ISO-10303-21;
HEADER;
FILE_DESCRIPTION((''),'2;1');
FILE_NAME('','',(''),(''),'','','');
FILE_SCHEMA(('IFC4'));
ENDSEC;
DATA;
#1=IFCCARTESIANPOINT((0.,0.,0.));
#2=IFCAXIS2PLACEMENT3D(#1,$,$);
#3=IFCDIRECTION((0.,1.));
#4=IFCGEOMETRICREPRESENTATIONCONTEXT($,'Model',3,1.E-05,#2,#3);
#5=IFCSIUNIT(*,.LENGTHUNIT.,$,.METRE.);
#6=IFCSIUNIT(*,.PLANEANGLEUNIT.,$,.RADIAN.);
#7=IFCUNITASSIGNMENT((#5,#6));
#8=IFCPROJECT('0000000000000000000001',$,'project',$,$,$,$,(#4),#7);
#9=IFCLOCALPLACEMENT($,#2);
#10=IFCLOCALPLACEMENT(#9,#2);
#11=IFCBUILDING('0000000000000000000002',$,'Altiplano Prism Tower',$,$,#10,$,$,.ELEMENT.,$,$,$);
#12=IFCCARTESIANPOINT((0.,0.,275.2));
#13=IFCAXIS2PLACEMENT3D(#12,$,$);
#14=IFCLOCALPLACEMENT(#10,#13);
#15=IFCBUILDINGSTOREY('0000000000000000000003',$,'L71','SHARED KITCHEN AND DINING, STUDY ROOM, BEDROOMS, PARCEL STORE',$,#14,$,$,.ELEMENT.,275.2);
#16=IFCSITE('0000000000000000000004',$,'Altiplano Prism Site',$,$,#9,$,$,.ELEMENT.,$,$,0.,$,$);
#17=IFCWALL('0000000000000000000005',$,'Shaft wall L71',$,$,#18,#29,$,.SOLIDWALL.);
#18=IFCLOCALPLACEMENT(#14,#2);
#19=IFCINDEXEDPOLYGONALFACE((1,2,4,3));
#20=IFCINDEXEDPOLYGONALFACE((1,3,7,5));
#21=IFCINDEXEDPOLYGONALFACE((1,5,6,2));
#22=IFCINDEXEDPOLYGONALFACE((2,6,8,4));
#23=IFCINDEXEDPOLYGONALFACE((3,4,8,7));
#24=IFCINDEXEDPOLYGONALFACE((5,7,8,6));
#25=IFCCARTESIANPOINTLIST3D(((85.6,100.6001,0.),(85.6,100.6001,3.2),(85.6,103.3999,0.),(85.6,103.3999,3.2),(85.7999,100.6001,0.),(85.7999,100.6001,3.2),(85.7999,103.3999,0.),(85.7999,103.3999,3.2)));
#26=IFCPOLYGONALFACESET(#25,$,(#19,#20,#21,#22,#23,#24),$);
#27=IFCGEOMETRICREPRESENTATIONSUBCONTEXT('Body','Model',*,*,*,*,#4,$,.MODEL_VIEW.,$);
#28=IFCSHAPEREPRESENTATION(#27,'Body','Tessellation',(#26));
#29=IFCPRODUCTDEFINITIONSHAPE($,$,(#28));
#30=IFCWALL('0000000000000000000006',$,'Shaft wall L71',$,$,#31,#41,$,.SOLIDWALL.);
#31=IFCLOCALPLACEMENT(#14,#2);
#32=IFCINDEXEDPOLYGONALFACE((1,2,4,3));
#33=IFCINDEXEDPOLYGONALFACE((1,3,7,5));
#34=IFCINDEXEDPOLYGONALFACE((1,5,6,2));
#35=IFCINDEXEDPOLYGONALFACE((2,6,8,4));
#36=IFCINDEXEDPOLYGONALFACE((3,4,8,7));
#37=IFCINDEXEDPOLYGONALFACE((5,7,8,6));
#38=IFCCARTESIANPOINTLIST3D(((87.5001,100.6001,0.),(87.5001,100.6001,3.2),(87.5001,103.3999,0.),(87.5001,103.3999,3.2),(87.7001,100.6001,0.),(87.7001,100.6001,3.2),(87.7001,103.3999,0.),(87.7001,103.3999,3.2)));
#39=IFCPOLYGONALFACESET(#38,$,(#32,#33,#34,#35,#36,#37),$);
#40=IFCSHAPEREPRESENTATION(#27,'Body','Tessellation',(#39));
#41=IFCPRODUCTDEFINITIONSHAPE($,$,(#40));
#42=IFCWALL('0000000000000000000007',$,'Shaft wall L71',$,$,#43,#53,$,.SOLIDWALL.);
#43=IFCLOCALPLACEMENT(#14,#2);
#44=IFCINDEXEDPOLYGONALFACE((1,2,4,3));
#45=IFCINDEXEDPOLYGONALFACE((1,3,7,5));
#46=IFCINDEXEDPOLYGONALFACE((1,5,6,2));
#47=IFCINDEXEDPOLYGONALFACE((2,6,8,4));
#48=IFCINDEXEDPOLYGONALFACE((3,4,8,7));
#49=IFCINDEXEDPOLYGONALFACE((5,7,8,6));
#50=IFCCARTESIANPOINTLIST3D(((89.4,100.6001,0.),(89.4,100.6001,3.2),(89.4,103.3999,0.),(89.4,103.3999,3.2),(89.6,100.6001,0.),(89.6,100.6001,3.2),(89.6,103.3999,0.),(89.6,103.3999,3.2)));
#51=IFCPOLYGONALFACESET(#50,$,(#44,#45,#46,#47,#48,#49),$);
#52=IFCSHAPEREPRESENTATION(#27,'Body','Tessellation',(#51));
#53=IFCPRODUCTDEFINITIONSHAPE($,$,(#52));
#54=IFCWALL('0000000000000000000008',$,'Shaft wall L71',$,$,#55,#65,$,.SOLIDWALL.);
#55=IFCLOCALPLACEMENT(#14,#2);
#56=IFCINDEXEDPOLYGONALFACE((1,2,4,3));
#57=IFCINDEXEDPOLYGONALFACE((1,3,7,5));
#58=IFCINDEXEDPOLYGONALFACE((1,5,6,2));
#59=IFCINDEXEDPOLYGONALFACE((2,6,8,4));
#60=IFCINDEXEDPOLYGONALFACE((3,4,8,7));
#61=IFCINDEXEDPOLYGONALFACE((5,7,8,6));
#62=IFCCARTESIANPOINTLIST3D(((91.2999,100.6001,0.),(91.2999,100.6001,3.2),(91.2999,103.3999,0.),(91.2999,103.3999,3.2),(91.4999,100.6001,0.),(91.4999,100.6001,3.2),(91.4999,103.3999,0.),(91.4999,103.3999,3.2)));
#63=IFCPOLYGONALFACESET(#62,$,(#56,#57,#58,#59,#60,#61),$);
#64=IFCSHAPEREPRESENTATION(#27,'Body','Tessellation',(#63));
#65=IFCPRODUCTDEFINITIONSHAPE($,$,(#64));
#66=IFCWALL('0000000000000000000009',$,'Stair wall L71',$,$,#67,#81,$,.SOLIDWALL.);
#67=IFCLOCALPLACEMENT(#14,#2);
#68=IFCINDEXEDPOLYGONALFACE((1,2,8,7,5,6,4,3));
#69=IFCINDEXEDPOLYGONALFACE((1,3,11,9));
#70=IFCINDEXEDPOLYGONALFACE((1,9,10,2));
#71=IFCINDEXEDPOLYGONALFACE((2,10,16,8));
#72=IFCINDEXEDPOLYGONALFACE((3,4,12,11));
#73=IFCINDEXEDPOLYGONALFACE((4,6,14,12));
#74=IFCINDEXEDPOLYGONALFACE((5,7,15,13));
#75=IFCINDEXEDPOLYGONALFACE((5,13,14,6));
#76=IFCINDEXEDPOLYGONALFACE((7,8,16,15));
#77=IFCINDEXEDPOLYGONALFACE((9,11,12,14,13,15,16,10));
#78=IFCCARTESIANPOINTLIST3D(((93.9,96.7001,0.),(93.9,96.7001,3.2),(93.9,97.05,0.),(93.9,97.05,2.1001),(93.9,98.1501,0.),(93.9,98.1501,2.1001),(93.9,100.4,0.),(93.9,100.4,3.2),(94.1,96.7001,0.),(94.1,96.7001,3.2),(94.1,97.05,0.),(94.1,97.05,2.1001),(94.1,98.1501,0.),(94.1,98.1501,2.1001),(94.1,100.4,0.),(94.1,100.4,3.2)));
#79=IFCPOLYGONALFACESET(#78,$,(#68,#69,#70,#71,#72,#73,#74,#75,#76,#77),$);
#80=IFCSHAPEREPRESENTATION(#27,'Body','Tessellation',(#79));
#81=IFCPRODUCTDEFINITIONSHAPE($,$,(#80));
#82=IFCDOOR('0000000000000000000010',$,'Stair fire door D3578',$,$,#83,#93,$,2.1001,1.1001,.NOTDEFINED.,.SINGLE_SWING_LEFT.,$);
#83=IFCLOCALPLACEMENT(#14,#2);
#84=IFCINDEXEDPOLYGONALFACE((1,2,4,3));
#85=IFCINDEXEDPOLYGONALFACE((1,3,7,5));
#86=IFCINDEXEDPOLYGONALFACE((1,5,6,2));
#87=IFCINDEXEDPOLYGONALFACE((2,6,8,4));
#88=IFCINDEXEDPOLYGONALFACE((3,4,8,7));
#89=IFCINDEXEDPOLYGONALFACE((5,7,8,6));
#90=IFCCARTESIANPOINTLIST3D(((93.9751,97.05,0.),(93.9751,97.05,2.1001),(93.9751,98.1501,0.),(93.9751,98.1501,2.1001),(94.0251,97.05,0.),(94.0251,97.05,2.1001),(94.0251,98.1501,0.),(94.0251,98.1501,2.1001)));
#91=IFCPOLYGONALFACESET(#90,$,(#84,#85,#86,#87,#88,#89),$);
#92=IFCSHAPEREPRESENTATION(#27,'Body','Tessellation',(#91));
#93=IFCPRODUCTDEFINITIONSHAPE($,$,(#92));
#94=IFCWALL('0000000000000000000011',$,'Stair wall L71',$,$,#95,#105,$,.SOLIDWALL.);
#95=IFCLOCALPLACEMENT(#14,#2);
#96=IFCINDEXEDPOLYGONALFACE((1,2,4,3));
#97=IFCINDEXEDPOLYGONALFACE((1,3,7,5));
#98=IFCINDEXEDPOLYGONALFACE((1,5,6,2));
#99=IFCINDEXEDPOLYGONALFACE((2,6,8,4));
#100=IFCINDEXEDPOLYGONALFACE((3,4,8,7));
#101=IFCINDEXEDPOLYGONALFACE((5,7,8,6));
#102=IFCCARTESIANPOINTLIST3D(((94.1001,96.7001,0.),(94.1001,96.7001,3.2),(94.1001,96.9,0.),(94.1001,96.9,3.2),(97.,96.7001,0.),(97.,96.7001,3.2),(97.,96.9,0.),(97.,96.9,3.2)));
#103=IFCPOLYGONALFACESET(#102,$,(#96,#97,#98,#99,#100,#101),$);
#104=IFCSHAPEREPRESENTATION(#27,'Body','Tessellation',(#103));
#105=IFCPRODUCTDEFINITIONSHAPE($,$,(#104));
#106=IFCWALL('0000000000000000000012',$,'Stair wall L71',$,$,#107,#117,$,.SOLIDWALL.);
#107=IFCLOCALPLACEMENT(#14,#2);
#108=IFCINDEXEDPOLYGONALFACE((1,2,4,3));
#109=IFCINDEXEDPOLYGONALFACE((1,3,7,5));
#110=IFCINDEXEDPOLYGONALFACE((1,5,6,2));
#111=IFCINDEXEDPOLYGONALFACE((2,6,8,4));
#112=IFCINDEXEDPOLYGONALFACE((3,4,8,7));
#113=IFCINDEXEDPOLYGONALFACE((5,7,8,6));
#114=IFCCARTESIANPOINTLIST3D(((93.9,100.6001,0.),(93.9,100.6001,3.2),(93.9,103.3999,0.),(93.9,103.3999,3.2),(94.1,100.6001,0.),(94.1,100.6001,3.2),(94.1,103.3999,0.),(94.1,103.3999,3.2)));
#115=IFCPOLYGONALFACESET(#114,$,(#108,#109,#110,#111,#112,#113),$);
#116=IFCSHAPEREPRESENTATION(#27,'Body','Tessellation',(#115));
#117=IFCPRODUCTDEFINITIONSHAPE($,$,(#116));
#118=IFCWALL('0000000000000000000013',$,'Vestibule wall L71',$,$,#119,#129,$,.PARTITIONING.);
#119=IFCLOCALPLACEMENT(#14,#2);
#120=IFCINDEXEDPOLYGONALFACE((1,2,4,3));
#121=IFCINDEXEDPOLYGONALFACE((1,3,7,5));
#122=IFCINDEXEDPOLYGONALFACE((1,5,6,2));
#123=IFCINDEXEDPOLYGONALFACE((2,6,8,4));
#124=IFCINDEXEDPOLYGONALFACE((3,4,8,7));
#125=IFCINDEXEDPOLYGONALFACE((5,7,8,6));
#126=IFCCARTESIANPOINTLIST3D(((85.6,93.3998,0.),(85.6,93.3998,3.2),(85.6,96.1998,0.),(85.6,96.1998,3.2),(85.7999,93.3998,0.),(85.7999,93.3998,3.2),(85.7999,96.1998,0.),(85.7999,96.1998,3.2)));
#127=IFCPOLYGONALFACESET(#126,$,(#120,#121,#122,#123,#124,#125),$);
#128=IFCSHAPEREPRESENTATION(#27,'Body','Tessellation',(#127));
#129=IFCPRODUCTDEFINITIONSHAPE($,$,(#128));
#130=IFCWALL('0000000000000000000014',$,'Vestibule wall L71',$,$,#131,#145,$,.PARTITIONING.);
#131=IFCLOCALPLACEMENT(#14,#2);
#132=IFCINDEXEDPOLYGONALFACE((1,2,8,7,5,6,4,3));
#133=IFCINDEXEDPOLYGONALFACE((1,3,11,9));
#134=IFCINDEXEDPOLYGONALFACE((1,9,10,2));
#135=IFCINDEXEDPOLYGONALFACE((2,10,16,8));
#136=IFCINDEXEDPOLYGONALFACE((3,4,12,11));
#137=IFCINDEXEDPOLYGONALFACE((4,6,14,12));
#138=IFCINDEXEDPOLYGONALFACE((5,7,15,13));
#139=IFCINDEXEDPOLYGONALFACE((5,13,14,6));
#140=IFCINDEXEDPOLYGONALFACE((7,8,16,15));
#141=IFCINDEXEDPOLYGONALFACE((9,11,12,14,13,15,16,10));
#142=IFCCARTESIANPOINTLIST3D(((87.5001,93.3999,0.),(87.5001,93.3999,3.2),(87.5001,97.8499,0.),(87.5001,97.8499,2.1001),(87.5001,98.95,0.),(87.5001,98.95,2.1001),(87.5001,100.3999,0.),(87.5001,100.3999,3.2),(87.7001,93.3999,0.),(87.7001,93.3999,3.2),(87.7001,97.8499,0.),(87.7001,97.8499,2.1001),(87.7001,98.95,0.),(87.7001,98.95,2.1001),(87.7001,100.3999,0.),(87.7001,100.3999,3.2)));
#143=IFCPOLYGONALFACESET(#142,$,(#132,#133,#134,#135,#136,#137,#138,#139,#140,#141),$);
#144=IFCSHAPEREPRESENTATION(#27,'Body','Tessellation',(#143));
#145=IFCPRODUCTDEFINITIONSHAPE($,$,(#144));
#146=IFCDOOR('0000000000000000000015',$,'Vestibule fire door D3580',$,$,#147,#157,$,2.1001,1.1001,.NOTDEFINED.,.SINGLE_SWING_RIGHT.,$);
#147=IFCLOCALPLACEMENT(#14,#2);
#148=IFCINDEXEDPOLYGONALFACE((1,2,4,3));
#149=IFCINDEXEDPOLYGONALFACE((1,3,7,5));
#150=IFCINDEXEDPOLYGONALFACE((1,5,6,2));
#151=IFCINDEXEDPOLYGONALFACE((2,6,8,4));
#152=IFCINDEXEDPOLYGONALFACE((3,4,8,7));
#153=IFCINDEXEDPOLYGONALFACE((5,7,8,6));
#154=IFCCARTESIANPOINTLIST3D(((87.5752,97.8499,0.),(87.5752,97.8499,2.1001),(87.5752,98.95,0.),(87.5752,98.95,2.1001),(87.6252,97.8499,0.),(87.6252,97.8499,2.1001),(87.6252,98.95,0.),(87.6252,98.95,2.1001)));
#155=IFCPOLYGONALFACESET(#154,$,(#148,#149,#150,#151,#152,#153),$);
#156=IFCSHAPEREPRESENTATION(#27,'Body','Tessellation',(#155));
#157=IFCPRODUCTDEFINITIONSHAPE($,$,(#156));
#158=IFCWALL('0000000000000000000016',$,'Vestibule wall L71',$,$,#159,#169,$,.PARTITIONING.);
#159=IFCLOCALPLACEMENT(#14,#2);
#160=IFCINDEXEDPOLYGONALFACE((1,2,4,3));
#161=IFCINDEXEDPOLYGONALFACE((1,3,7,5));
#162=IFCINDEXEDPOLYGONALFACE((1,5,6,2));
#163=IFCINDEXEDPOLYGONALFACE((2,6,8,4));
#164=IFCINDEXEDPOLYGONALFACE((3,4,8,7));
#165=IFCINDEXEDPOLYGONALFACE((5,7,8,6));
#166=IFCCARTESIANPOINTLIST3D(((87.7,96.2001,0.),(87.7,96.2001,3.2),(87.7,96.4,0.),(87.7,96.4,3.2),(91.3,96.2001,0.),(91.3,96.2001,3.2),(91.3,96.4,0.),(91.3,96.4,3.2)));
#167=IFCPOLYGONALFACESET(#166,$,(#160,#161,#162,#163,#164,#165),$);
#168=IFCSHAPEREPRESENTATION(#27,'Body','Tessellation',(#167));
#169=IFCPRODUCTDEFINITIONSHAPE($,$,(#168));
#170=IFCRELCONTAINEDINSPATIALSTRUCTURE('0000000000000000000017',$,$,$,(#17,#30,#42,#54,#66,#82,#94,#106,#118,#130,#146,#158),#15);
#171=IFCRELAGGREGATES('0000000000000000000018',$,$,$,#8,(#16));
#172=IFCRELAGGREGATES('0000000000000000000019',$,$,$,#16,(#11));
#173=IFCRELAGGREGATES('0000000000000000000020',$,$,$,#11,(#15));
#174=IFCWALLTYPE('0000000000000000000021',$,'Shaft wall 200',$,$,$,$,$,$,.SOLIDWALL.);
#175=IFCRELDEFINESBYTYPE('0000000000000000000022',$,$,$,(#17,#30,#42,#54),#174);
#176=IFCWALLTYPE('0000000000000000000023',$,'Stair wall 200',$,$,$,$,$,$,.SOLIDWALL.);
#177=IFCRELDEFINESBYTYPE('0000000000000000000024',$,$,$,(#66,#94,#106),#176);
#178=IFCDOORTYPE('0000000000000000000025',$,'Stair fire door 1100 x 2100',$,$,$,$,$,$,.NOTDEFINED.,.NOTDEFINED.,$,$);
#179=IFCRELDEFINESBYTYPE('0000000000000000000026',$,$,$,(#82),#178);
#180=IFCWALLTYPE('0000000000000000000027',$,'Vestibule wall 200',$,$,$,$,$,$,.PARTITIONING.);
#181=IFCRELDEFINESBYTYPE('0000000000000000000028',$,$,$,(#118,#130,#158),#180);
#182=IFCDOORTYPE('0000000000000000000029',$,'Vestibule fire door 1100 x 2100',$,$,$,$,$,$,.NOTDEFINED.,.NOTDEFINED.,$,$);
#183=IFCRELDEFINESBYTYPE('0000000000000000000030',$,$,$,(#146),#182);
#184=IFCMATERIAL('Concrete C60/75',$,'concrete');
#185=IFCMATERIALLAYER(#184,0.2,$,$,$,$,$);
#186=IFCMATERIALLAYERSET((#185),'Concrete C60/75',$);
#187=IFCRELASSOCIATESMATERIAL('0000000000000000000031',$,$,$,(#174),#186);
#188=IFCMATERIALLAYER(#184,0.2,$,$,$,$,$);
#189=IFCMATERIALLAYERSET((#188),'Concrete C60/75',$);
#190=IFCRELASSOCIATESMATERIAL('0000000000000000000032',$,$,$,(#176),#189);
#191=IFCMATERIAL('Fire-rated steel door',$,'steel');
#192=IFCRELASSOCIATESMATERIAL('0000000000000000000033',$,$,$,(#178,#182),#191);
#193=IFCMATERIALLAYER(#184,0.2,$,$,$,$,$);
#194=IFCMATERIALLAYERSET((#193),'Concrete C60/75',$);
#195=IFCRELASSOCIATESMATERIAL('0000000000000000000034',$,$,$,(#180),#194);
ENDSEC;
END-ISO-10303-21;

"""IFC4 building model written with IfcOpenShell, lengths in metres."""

from ifc_helpers import new_model, si_unit, direction, frame, frame_2d, origin, place, context, subcontext, project, spatial, rectangle, extrude, material, layer, layer_set, type_object, element, fill, save


model = new_model("IFC4")

# Units and contexts
model_context = context("Model", 3, precision=1e-05, world=origin(), true_north=direction((0.0, 1.0)))
body_context = subcontext(model_context, "Body", "Model", "MODEL_VIEW")
ifc_project = project(units=[si_unit("LENGTHUNIT", "METRE"), si_unit("PLANEANGLEUNIT", "RADIAN")], contexts=[model_context])

# Site, building, storey
site_placement = place(None, origin())
site = spatial("IfcSite", under=ifc_project, at=site_placement, Name="Altiplano Prism Site", CompositionType="ELEMENT", RefElevation=0.0)
building_placement = place(site_placement, origin())
building = spatial("IfcBuilding", under=site, at=building_placement, Name="Altiplano Prism Tower", CompositionType="ELEMENT")
storey_placement = place(building_placement, frame((0.0, 0.0, 275.2)))
storey = spatial("IfcBuildingStorey", under=building, at=storey_placement, Name="L71", Description="SHARED KITCHEN AND DINING, STUDY ROOM, BEDROOMS, PARCEL STORE", CompositionType="ELEMENT", Elevation=275.2)

# Walls
ifc_material_1 = material(Name="Concrete C60/75", Category="concrete")
ifc_layer_1 = layer(ifc_material_1, 0.2)
ifc_layer_set_1 = layer_set([ifc_layer_1], Name="Concrete C60/75")
wall_type_1 = type_object("IfcWallType", Name="Shaft wall 200", PredefinedType="SOLIDWALL", material=ifc_layer_set_1)
for number, where, z_axis, x_axis, name in (
    (1, (85.7, 100.6001, 0.0), (0.0, 0.0, 1.0), (0.0, 1.0, 0.0), "Shaft wall L71"),
    (2, (87.6001, 100.6001, 0.0), (0.0, 0.0, 1.0), (0.0, 1.0, 0.0), "Shaft wall L71"),
    (3, (89.5, 100.6001, 0.0), (0.0, 0.0, 1.0), (0.0, 1.0, 0.0), "Shaft wall L71"),
    (4, (91.3999, 100.6001, 0.0), (0.0, 0.0, 1.0), (0.0, 1.0, 0.0), "Shaft wall L71"),
):
    element("IfcWall", number, at=place(storey_placement, frame(where, z_axis=z_axis, x_axis=x_axis)), inside=storey, type_object=wall_type_1, Name=name, PredefinedType="SOLIDWALL", context=body_context, shape_type="SweptSolid", body=[
        extrude(rectangle(XDim=2.7998, YDim=0.2, at=frame_2d((1.3999, 0.0))), origin(), (0.0, 0.0, 1.0), 3.2),
    ])

# Wall, opening, door
ifc_layer_2 = layer(ifc_material_1, 0.2)
ifc_layer_set_2 = layer_set([ifc_layer_2], Name="Concrete C60/75")
wall_type_2 = type_object("IfcWallType", Name="Stair wall 200", PredefinedType="SOLIDWALL", material=ifc_layer_set_2)
wall_1_placement = place(storey_placement, frame((94.0, 96.7, 0.0), z_axis=(0.0, 0.0, 1.0), x_axis=(0.0, 1.0, 0.0)))
wall_1 = element("IfcWall", 5, at=wall_1_placement, inside=storey, type_object=wall_type_2, Name="Stair wall L71", PredefinedType="SOLIDWALL", context=body_context, shape_type="SweptSolid", body=[
    extrude(rectangle(XDim=3.7, YDim=0.2, at=frame_2d((1.8501, 0.0))), origin(), (0.0, 0.0, 1.0), 3.2),
])
opening_1_placement = place(wall_1_placement, frame((0.3501, 0.0, 0.0)))
opening_1 = element("IfcOpeningElement", 6, at=opening_1_placement, cuts=wall_1, PredefinedType="OPENING", context=body_context, shape_type="SweptSolid", body=[
    extrude(rectangle(XDim=1.1001, YDim=2.1001, at=frame_2d((0.55, 1.05))), frame((0.0, 0.1104, 0.0), z_axis=(0.0, -1.0, 0.0), x_axis=(1.0, 0.0, 0.0)), (0.0, 0.0, 1.0), 0.2209),
])
ifc_material_2 = material(Name="Fire-rated steel door", Category="steel")
door_type_1 = type_object("IfcDoorType", Name="Stair fire door 1100 x 2100", OperationType="NOTDEFINED", PredefinedType="NOTDEFINED", material=ifc_material_2)
door_1_placement = place(opening_1_placement, origin())
door_1 = element("IfcDoor", 7, at=door_1_placement, inside=storey, type_object=door_type_1, Name="Stair fire door D3578", OperationType="SINGLE_SWING_LEFT", OverallHeight=2.1001, OverallWidth=1.1001, PredefinedType="NOTDEFINED", context=body_context, shape_type="SweptSolid", body=[
    extrude(rectangle(XDim=1.1001, YDim=2.1001, at=frame_2d((0.55, 1.05))), frame((0.0, 0.0249, 0.0), z_axis=(0.0, -1.0, 0.0), x_axis=(1.0, 0.0, 0.0)), (0.0, 0.0, 1.0), 0.05),
])
fill(opening_1, door_1)

# Walls
wall_2_placement = place(storey_placement, frame((94.1001, 96.8, 0.0), z_axis=(0.0, 0.0, 1.0), x_axis=(1.0, 0.0, 0.0)))
element("IfcWall", 8, at=wall_2_placement, inside=storey, type_object=wall_type_2, Name="Stair wall L71", PredefinedType="SOLIDWALL", context=body_context, shape_type="SweptSolid", body=[
    extrude(rectangle(XDim=2.8999, YDim=0.2, at=frame_2d((1.45, 0.0))), origin(), (0.0, 0.0, 1.0), 3.2),
])
wall_3_placement = place(storey_placement, frame((94.0, 100.6001, 0.0), z_axis=(0.0, 0.0, 1.0), x_axis=(0.0, 1.0, 0.0)))
element("IfcWall", 9, at=wall_3_placement, inside=storey, type_object=wall_type_2, Name="Stair wall L71", PredefinedType="SOLIDWALL", context=body_context, shape_type="SweptSolid", body=[
    extrude(rectangle(XDim=2.7998, YDim=0.2, at=frame_2d((1.3999, 0.0))), origin(), (0.0, 0.0, 1.0), 3.2),
])
ifc_layer_3 = layer(ifc_material_1, 0.2)
ifc_layer_set_3 = layer_set([ifc_layer_3], Name="Concrete C60/75")
wall_type_3 = type_object("IfcWallType", Name="Vestibule wall 200", PredefinedType="PARTITIONING", material=ifc_layer_set_3)
wall_4_placement = place(storey_placement, frame((85.7, 93.3999, 0.0), z_axis=(0.0, 0.0, 1.0), x_axis=(0.0, 1.0, 0.0)))
element("IfcWall", 10, at=wall_4_placement, inside=storey, type_object=wall_type_3, Name="Vestibule wall L71", PredefinedType="PARTITIONING", context=body_context, shape_type="SweptSolid", body=[
    extrude(rectangle(XDim=2.8, YDim=0.2, at=frame_2d((1.3999, 0.0))), origin(), (0.0, 0.0, 1.0), 3.2),
])

# Wall, opening, door
wall_5_placement = place(storey_placement, frame((87.6001, 93.3999, 0.0), z_axis=(0.0, 0.0, 1.0), x_axis=(0.0, 1.0, 0.0)))
wall_5 = element("IfcWall", 11, at=wall_5_placement, inside=storey, type_object=wall_type_3, Name="Vestibule wall L71", PredefinedType="PARTITIONING", context=body_context, shape_type="SweptSolid", body=[
    extrude(rectangle(XDim=7.0, YDim=0.2, at=frame_2d((3.5, 0.0))), origin(), (0.0, 0.0, 1.0), 3.2),
])
opening_2_placement = place(wall_5_placement, frame((4.45, 0.0, 0.0)))
opening_2 = element("IfcOpeningElement", 12, at=opening_2_placement, cuts=wall_5, PredefinedType="OPENING", context=body_context, shape_type="SweptSolid", body=[
    extrude(rectangle(XDim=1.1001, YDim=2.1001, at=frame_2d((0.55, 1.05))), frame((0.0, 0.1104, 0.0), z_axis=(0.0, -1.0, 0.0), x_axis=(1.0, 0.0, 0.0)), (0.0, 0.0, 1.0), 0.2209),
])
door_type_2 = type_object("IfcDoorType", Name="Vestibule fire door 1100 x 2100", OperationType="NOTDEFINED", PredefinedType="NOTDEFINED", material=ifc_material_2)
door_2_placement = place(opening_2_placement, origin())
door_2 = element("IfcDoor", 13, at=door_2_placement, inside=storey, type_object=door_type_2, Name="Vestibule fire door D3580", OperationType="SINGLE_SWING_RIGHT", OverallHeight=2.1001, OverallWidth=1.1001, PredefinedType="NOTDEFINED", context=body_context, shape_type="SweptSolid", body=[
    extrude(rectangle(XDim=1.1001, YDim=2.1001, at=frame_2d((0.55, 1.05))), frame((0.0, 0.0249, 0.0), z_axis=(0.0, -1.0, 0.0), x_axis=(1.0, 0.0, 0.0)), (0.0, 0.0, 1.0), 0.05),
])
fill(opening_2, door_2)

# Wall
wall_6_placement = place(storey_placement, frame((87.7, 96.3, 0.0), z_axis=(0.0, 0.0, 1.0), x_axis=(1.0, 0.0, 0.0)))
element("IfcWall", 14, at=wall_6_placement, inside=storey, type_object=wall_type_3, Name="Vestibule wall L71", PredefinedType="PARTITIONING", context=body_context, shape_type="SweptSolid", body=[
    extrude(rectangle(XDim=3.6001, YDim=0.2, at=frame_2d((1.8, 0.0))), origin(), (0.0, 0.0, 1.0), 3.2),
])

save(model, "model.ifc")
